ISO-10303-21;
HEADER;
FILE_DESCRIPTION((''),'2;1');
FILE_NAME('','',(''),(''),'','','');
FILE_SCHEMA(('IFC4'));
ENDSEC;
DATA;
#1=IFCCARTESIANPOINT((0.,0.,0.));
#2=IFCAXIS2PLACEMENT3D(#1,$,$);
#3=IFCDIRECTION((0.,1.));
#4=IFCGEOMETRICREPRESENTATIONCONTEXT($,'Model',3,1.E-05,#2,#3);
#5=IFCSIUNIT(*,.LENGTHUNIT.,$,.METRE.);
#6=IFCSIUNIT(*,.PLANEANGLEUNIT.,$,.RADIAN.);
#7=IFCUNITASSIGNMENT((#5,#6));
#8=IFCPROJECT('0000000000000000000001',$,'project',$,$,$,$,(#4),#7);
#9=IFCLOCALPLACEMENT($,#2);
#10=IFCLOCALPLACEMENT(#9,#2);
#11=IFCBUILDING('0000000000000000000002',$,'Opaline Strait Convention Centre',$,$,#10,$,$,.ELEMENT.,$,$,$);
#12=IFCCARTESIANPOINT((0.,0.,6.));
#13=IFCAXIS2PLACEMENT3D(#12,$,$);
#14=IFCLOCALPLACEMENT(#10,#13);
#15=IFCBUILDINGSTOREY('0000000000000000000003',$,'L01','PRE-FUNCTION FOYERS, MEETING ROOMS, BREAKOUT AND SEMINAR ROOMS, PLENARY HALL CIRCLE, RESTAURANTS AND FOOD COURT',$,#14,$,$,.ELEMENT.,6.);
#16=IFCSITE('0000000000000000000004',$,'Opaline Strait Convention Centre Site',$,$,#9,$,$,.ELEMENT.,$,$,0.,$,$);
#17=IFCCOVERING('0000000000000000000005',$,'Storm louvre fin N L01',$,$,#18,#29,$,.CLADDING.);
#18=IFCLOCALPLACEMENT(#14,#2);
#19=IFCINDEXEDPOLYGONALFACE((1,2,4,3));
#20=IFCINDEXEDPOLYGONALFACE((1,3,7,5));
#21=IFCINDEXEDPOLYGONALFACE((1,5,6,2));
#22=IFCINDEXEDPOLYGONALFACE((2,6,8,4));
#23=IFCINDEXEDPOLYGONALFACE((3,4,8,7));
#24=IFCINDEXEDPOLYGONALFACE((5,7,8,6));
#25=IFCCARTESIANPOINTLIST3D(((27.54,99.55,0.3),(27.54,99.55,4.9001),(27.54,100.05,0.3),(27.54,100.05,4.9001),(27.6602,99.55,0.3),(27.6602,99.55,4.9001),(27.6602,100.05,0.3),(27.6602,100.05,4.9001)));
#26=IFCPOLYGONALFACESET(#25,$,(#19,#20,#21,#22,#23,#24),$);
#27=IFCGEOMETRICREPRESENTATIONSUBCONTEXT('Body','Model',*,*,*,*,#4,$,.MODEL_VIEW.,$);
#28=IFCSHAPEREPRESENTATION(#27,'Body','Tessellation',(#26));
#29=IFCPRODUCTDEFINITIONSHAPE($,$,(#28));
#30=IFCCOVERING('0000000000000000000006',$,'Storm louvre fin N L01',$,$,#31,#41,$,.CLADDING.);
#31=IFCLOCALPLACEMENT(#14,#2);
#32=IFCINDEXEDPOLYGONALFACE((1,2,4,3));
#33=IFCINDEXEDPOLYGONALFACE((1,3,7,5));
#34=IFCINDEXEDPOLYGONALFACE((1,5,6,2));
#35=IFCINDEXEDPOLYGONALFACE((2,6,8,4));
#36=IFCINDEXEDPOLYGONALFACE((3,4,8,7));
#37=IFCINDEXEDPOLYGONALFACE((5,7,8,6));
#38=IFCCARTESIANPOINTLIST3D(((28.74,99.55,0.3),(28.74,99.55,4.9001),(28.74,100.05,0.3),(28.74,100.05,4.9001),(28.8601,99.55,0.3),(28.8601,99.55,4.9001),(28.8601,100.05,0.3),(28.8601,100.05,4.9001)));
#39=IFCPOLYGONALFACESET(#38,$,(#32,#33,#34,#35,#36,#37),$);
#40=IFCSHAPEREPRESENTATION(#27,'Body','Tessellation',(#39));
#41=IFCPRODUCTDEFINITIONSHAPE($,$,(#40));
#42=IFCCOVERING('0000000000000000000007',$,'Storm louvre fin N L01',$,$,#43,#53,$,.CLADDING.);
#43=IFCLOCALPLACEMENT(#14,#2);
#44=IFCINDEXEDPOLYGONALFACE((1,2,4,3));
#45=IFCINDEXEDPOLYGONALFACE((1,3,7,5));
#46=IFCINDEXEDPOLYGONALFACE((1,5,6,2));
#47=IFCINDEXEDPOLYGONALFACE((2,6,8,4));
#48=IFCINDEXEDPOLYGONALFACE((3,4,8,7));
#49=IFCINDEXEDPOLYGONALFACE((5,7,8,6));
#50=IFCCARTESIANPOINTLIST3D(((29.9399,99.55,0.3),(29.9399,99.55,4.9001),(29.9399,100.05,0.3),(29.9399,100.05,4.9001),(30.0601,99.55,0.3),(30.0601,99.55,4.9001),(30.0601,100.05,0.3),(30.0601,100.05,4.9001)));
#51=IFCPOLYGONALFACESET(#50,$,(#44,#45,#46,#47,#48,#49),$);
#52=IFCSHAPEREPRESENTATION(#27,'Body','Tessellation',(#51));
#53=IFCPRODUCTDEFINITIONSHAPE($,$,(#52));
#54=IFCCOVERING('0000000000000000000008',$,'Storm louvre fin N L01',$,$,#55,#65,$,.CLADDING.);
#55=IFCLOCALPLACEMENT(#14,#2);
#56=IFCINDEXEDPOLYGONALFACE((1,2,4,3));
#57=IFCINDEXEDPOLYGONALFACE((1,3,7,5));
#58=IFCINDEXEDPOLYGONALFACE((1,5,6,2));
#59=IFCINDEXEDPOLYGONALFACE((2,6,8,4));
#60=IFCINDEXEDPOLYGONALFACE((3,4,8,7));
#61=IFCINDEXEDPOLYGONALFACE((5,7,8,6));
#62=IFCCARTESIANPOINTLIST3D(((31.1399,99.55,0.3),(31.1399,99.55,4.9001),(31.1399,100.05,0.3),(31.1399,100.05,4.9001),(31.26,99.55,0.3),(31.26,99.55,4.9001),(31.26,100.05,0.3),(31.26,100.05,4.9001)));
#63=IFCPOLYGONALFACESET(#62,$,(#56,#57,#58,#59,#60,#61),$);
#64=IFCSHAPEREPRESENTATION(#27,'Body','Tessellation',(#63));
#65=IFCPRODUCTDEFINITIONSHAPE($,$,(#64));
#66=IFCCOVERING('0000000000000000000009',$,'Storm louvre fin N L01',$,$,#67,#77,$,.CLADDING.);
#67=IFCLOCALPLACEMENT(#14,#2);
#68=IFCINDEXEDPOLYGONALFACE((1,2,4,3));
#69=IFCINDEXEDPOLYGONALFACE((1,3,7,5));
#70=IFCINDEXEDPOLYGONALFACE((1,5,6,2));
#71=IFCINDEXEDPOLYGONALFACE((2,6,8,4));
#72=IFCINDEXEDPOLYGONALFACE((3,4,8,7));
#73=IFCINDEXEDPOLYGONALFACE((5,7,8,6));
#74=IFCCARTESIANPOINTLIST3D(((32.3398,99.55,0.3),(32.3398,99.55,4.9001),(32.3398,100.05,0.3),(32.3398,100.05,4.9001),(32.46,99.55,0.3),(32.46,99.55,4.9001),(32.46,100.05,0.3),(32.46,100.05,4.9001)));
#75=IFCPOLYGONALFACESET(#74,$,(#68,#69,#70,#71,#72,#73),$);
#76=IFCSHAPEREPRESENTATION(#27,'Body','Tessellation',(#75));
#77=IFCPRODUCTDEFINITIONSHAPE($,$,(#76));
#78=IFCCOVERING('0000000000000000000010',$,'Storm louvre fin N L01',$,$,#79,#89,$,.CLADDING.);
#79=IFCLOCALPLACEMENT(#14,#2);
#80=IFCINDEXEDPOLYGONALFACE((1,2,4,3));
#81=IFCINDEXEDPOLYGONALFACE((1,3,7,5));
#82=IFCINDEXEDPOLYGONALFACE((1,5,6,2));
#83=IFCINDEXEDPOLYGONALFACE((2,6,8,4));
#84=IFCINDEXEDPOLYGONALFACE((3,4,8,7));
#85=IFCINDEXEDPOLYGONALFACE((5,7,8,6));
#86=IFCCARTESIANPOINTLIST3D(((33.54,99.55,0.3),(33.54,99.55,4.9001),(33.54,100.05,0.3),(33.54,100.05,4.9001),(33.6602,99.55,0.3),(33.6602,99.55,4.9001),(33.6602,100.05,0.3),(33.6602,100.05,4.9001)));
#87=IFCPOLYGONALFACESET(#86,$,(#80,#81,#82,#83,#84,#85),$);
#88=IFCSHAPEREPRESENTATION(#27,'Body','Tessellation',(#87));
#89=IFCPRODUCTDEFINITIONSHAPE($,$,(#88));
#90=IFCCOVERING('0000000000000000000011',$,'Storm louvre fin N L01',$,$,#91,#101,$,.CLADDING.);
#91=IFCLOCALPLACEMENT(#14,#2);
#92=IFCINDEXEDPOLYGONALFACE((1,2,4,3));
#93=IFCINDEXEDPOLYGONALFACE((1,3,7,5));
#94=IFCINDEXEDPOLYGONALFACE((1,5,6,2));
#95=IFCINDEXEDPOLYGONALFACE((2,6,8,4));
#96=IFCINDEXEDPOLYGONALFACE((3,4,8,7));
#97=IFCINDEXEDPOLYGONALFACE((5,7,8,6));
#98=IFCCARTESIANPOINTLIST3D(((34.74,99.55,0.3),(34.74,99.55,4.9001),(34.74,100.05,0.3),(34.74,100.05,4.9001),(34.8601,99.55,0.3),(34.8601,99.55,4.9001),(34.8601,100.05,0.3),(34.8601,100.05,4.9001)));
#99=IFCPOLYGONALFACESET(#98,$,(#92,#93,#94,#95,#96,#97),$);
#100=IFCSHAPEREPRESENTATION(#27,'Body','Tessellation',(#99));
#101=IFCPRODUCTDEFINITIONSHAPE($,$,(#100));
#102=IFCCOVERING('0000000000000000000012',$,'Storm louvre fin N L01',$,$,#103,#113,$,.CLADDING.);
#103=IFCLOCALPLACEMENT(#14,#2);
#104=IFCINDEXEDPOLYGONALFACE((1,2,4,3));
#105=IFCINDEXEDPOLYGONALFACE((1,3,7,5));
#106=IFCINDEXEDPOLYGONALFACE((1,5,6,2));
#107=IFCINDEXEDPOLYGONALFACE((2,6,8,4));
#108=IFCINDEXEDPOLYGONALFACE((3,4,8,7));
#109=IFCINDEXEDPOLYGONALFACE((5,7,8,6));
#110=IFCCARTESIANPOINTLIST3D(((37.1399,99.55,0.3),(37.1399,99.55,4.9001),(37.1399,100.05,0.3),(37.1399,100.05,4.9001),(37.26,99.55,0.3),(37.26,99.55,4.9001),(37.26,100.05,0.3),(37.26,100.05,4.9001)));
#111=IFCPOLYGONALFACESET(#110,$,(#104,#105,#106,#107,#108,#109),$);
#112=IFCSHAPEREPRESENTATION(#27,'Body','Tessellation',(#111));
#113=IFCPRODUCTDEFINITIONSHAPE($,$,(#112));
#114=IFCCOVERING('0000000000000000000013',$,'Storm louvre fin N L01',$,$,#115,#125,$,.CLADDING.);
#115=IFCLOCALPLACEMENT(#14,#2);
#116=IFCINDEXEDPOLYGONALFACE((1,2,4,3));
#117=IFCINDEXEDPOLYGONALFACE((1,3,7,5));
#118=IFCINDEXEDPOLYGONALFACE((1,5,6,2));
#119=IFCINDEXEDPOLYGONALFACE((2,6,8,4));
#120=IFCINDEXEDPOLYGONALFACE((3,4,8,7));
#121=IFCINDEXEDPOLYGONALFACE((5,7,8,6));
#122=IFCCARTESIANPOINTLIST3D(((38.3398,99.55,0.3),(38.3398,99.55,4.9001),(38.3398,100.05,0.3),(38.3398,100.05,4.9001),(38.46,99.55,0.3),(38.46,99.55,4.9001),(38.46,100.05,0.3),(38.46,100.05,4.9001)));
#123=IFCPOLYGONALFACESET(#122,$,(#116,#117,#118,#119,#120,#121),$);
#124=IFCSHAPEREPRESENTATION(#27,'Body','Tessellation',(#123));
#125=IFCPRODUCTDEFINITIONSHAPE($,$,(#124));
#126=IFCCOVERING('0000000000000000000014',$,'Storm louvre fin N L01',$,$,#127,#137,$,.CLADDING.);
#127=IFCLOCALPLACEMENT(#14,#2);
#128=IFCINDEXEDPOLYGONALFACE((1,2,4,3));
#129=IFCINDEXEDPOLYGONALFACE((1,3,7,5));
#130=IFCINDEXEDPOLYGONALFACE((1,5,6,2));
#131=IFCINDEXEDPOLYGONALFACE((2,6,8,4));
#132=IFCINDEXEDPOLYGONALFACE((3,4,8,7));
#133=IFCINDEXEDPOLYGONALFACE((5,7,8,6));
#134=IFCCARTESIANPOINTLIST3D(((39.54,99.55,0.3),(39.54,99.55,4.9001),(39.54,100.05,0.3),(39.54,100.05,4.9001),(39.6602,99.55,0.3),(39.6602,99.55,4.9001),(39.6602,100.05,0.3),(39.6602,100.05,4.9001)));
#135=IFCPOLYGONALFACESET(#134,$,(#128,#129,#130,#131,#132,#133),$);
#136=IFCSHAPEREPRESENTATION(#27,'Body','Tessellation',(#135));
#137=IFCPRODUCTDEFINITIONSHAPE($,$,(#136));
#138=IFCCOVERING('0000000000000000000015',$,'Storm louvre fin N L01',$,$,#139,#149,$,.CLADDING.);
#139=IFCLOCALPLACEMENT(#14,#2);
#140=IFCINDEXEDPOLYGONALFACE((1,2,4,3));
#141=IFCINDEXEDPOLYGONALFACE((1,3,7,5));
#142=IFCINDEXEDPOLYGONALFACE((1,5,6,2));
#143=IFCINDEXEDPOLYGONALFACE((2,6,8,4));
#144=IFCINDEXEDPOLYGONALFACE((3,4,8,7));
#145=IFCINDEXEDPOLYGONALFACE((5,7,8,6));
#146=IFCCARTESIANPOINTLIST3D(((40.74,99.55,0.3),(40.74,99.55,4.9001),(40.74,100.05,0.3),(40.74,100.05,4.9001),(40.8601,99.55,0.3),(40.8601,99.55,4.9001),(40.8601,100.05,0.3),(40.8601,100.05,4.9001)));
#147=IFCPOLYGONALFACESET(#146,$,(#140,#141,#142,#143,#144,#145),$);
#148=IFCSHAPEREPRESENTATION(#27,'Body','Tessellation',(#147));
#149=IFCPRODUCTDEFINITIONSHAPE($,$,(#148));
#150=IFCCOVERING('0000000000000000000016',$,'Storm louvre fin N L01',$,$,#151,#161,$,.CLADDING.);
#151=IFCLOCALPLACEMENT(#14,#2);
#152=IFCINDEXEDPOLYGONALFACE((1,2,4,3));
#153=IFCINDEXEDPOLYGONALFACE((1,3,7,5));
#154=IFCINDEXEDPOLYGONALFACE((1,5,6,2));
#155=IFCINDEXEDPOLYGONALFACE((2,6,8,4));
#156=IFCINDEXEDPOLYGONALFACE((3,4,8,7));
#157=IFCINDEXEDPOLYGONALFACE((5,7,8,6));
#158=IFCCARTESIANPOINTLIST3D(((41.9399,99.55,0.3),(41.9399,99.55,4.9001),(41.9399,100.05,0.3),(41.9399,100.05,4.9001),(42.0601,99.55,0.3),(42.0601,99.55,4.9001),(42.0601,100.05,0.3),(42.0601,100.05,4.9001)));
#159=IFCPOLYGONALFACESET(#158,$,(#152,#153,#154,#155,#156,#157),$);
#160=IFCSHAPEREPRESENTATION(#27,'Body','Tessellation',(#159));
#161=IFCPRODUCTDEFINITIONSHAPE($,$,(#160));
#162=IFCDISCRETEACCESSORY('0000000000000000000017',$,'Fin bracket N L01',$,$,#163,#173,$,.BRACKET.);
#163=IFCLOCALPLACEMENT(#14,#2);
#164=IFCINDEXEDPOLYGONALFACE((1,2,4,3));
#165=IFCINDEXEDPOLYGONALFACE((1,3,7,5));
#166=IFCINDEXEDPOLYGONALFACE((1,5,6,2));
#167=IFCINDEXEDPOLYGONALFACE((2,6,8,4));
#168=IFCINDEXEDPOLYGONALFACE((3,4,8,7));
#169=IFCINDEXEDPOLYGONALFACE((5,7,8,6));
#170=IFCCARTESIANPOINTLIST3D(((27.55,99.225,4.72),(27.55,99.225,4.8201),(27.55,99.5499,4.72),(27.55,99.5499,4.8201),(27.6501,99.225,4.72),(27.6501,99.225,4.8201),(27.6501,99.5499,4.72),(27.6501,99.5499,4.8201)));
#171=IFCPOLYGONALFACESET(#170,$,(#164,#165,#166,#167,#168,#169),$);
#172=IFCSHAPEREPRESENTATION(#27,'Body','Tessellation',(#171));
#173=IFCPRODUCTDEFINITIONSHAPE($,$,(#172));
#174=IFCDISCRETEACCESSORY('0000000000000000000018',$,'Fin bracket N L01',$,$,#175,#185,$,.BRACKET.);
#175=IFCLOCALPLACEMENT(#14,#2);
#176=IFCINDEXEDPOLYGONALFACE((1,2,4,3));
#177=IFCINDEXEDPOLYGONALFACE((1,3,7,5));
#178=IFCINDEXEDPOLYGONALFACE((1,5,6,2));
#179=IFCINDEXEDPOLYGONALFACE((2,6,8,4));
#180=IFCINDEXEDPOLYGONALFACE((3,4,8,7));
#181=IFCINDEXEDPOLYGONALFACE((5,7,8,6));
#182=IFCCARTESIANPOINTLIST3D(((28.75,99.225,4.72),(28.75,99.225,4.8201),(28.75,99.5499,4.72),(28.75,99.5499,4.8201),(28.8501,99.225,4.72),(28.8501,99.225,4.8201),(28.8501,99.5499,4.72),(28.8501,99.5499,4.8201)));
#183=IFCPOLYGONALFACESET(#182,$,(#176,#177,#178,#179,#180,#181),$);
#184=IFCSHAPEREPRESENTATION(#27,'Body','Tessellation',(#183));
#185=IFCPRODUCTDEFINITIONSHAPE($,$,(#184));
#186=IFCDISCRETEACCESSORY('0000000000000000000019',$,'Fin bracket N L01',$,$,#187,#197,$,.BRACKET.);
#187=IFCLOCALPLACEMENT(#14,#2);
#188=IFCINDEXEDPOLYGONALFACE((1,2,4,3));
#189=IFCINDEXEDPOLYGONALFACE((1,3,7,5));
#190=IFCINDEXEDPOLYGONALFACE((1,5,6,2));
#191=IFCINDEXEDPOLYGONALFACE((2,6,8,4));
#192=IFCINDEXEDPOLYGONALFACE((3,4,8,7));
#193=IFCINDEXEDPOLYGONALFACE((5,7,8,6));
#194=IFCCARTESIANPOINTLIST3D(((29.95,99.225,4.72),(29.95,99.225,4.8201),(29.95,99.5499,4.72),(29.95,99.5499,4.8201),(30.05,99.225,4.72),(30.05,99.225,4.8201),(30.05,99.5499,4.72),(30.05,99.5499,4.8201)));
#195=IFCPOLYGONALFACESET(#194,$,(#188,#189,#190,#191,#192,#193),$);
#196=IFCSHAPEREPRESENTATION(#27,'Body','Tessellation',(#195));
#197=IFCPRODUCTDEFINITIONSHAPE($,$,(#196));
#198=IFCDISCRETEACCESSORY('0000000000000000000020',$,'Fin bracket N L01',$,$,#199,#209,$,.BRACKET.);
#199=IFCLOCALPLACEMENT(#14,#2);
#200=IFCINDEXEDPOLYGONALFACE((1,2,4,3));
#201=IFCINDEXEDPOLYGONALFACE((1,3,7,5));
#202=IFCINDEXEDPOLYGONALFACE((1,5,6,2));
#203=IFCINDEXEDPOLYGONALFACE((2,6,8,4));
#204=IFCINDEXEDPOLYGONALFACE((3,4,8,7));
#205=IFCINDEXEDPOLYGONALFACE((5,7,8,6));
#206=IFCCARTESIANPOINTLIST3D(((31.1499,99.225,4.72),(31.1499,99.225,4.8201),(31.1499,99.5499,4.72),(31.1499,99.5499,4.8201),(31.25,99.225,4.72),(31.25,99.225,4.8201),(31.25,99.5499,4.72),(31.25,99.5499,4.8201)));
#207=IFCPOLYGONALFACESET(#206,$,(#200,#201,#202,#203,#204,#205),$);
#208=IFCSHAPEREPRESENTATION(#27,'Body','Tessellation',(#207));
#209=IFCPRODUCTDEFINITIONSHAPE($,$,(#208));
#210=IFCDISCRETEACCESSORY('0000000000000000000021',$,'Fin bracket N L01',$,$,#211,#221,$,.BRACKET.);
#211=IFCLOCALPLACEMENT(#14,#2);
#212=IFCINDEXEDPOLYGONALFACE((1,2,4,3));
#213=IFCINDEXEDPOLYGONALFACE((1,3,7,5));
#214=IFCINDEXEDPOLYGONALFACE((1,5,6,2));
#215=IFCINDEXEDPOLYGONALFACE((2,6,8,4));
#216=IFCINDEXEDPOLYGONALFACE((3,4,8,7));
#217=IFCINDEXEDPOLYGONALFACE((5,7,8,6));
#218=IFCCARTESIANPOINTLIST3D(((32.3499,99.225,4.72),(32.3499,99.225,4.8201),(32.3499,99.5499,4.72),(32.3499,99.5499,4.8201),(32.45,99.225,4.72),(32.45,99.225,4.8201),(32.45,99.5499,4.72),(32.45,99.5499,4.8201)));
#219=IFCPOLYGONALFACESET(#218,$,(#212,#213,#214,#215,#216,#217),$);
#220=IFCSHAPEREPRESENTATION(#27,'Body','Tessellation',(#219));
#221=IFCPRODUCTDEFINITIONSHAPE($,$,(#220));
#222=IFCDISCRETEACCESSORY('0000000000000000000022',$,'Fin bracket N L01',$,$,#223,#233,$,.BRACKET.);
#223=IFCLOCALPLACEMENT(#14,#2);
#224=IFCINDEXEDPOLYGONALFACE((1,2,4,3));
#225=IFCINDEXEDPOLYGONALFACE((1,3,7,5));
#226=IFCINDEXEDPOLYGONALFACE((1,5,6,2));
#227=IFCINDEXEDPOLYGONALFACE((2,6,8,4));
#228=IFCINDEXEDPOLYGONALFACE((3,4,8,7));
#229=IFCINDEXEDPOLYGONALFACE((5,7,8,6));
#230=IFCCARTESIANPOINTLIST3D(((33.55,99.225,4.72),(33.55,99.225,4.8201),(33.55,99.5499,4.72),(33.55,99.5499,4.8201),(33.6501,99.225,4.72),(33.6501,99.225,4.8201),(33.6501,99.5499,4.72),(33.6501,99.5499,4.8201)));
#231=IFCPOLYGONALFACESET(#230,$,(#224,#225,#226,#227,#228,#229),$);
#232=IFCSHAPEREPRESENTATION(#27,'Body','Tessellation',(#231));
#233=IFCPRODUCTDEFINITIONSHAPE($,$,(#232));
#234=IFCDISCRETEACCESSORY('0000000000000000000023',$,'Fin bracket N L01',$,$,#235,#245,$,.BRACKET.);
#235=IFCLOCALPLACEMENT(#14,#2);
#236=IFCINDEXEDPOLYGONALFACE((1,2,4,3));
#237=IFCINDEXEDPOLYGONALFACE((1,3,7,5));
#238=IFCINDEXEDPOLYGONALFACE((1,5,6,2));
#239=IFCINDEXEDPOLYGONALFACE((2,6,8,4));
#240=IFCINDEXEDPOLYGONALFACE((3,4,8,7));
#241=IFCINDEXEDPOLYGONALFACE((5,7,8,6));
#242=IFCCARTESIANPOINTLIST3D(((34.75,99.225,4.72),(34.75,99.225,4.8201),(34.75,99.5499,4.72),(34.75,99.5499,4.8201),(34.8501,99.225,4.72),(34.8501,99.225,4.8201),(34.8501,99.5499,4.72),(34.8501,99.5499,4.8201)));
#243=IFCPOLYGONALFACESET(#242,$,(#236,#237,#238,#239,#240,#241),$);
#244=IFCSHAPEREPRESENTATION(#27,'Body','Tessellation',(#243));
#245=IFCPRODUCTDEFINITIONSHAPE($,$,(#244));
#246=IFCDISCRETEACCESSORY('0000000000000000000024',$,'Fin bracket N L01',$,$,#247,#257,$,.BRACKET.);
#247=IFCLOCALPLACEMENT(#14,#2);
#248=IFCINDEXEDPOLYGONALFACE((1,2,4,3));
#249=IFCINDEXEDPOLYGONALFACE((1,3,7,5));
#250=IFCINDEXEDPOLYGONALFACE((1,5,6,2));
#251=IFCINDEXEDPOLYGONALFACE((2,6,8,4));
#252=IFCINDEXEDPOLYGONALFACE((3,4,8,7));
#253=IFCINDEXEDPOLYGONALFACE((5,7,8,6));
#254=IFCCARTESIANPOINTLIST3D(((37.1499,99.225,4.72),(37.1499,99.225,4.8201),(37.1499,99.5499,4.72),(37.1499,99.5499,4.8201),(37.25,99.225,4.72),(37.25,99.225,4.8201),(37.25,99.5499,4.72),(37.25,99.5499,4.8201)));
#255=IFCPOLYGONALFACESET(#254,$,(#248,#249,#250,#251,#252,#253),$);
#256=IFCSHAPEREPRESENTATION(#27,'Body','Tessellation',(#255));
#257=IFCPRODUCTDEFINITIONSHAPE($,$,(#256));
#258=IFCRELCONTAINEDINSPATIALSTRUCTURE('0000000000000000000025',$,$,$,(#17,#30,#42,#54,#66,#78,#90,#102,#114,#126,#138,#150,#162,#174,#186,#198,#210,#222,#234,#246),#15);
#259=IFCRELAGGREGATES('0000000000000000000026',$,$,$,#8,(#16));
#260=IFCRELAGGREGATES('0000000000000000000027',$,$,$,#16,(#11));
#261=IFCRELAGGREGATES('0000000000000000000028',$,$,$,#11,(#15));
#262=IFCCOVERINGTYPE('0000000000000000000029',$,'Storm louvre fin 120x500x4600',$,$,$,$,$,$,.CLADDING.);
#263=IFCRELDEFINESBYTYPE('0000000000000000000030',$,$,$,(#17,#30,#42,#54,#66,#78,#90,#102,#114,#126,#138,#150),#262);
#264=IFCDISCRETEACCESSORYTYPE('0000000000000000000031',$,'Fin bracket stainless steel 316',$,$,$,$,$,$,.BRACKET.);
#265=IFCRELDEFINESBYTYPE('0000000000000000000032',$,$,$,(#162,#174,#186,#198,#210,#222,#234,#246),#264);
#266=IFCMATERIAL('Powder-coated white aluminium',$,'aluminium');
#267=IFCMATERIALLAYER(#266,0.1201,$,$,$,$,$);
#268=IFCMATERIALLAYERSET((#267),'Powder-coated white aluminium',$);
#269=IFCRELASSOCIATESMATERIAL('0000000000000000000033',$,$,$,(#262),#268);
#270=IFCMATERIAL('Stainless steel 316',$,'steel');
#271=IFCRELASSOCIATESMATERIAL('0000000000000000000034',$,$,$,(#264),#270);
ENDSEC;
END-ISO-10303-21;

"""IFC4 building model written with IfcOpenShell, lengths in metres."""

from ifc_helpers import new_model, si_unit, direction, frame, origin, origin_2d, place, context, subcontext, project, spatial, rectangle, extrude, material, layer, layer_set, type_object, element, save


model = new_model("IFC4")

# Units and contexts
model_context = context("Model", 3, precision=1e-05, world=origin(), true_north=direction((0.0, 1.0)))
body_context = subcontext(model_context, "Body", "Model", "MODEL_VIEW")
ifc_project = project(units=[si_unit("LENGTHUNIT", "METRE"), si_unit("PLANEANGLEUNIT", "RADIAN")], contexts=[model_context])

# Site, building, storey
site_placement = place(None, origin())
site = spatial("IfcSite", under=ifc_project, at=site_placement, Name="Opaline Strait Convention Centre Site", CompositionType="ELEMENT", RefElevation=0.0)
building_placement = place(site_placement, origin())
building = spatial("IfcBuilding", under=site, at=building_placement, Name="Opaline Strait Convention Centre", CompositionType="ELEMENT")
storey_placement = place(building_placement, frame((0.0, 0.0, 6.0)))
storey = spatial("IfcBuildingStorey", under=building, at=storey_placement, Name="L01", Description="PRE-FUNCTION FOYERS, MEETING ROOMS, BREAKOUT AND SEMINAR ROOMS, PLENARY HALL CIRCLE, RESTAURANTS AND FOOD COURT", CompositionType="ELEMENT", Elevation=6.0)

# Coverings
ifc_material_1 = material(Name="Powder-coated white aluminium", Category="aluminium")
ifc_layer = layer(ifc_material_1, 0.1201)
ifc_layer_set = layer_set([ifc_layer], Name="Powder-coated white aluminium")
covering_type = type_object("IfcCoveringType", Name="Storm louvre fin 120x500x4600", PredefinedType="CLADDING", material=ifc_layer_set)
for number, where, z_axis, x_axis, name in (
    (1, (27.6001, 99.8, 0.3), (0.0, 0.0, 1.0), (1.0, 0.0, 0.0), "Storm louvre fin N L01"),
    (2, (28.8, 99.8, 0.3), (0.0, 0.0, 1.0), (1.0, 0.0, 0.0), "Storm louvre fin N L01"),
    (3, (30.0, 99.8, 0.3), (0.0, 0.0, 1.0), (1.0, 0.0, 0.0), "Storm louvre fin N L01"),
    (4, (31.2, 99.8, 0.3), (0.0, 0.0, 1.0), (1.0, 0.0, 0.0), "Storm louvre fin N L01"),
    (5, (32.3999, 99.8, 0.3), (0.0, 0.0, 1.0), (1.0, 0.0, 0.0), "Storm louvre fin N L01"),
    (6, (33.6001, 99.8, 0.3), (0.0, 0.0, 1.0), (1.0, 0.0, 0.0), "Storm louvre fin N L01"),
    (7, (34.8, 99.8, 0.3), (0.0, 0.0, 1.0), (1.0, 0.0, 0.0), "Storm louvre fin N L01"),
    (8, (37.2, 99.8, 0.3), (0.0, 0.0, 1.0), (1.0, 0.0, 0.0), "Storm louvre fin N L01"),
    (9, (38.3999, 99.8, 0.3), (0.0, 0.0, 1.0), (1.0, 0.0, 0.0), "Storm louvre fin N L01"),
    (10, (39.6001, 99.8, 0.3), (0.0, 0.0, 1.0), (1.0, 0.0, 0.0), "Storm louvre fin N L01"),
    (11, (40.8, 99.8, 0.3), (0.0, 0.0, 1.0), (1.0, 0.0, 0.0), "Storm louvre fin N L01"),
    (12, (42.0, 99.8, 0.3), (0.0, 0.0, 1.0), (1.0, 0.0, 0.0), "Storm louvre fin N L01"),
):
    element("IfcCovering", number, at=place(storey_placement, frame(where, z_axis=z_axis, x_axis=x_axis)), inside=storey, type_object=covering_type, Name=name, PredefinedType="CLADDING", context=body_context, shape_type="SweptSolid", body=[
        extrude(rectangle(XDim=0.1201, YDim=0.5, at=origin_2d()), origin(), (0.0, 0.0, 1.0), 4.6001),
    ])

# Discrete accessories
ifc_material_2 = material(Name="Stainless steel 316", Category="steel")
discrete_accessory_type = type_object("IfcDiscreteAccessoryType", Name="Fin bracket stainless steel 316", PredefinedType="BRACKET", material=ifc_material_2)
for number, where, z_axis, x_axis, name in (
    (13, (27.6001, 99.3875, 4.72), (0.0, 0.0, 1.0), (1.0, 0.0, 0.0), "Fin bracket N L01"),
    (14, (28.8, 99.3875, 4.72), (0.0, 0.0, 1.0), (1.0, 0.0, 0.0), "Fin bracket N L01"),
    (15, (30.0, 99.3875, 4.72), (0.0, 0.0, 1.0), (1.0, 0.0, 0.0), "Fin bracket N L01"),
    (16, (31.2, 99.3875, 4.72), (0.0, 0.0, 1.0), (1.0, 0.0, 0.0), "Fin bracket N L01"),
    (17, (32.3999, 99.3875, 4.72), (0.0, 0.0, 1.0), (1.0, 0.0, 0.0), "Fin bracket N L01"),
    (18, (33.6001, 99.3875, 4.72), (0.0, 0.0, 1.0), (1.0, 0.0, 0.0), "Fin bracket N L01"),
    (19, (34.8, 99.3875, 4.72), (0.0, 0.0, 1.0), (1.0, 0.0, 0.0), "Fin bracket N L01"),
    (20, (37.2, 99.3875, 4.72), (0.0, 0.0, 1.0), (1.0, 0.0, 0.0), "Fin bracket N L01"),
):
    element("IfcDiscreteAccessory", number, at=place(storey_placement, frame(where, z_axis=z_axis, x_axis=x_axis)), inside=storey, type_object=discrete_accessory_type, Name=name, PredefinedType="BRACKET", context=body_context, shape_type="SweptSolid", body=[
        extrude(rectangle(XDim=0.1001, YDim=0.325, at=origin_2d()), origin(), (0.0, 0.0, 1.0), 0.1001),
    ])

save(model, "model.ifc")
